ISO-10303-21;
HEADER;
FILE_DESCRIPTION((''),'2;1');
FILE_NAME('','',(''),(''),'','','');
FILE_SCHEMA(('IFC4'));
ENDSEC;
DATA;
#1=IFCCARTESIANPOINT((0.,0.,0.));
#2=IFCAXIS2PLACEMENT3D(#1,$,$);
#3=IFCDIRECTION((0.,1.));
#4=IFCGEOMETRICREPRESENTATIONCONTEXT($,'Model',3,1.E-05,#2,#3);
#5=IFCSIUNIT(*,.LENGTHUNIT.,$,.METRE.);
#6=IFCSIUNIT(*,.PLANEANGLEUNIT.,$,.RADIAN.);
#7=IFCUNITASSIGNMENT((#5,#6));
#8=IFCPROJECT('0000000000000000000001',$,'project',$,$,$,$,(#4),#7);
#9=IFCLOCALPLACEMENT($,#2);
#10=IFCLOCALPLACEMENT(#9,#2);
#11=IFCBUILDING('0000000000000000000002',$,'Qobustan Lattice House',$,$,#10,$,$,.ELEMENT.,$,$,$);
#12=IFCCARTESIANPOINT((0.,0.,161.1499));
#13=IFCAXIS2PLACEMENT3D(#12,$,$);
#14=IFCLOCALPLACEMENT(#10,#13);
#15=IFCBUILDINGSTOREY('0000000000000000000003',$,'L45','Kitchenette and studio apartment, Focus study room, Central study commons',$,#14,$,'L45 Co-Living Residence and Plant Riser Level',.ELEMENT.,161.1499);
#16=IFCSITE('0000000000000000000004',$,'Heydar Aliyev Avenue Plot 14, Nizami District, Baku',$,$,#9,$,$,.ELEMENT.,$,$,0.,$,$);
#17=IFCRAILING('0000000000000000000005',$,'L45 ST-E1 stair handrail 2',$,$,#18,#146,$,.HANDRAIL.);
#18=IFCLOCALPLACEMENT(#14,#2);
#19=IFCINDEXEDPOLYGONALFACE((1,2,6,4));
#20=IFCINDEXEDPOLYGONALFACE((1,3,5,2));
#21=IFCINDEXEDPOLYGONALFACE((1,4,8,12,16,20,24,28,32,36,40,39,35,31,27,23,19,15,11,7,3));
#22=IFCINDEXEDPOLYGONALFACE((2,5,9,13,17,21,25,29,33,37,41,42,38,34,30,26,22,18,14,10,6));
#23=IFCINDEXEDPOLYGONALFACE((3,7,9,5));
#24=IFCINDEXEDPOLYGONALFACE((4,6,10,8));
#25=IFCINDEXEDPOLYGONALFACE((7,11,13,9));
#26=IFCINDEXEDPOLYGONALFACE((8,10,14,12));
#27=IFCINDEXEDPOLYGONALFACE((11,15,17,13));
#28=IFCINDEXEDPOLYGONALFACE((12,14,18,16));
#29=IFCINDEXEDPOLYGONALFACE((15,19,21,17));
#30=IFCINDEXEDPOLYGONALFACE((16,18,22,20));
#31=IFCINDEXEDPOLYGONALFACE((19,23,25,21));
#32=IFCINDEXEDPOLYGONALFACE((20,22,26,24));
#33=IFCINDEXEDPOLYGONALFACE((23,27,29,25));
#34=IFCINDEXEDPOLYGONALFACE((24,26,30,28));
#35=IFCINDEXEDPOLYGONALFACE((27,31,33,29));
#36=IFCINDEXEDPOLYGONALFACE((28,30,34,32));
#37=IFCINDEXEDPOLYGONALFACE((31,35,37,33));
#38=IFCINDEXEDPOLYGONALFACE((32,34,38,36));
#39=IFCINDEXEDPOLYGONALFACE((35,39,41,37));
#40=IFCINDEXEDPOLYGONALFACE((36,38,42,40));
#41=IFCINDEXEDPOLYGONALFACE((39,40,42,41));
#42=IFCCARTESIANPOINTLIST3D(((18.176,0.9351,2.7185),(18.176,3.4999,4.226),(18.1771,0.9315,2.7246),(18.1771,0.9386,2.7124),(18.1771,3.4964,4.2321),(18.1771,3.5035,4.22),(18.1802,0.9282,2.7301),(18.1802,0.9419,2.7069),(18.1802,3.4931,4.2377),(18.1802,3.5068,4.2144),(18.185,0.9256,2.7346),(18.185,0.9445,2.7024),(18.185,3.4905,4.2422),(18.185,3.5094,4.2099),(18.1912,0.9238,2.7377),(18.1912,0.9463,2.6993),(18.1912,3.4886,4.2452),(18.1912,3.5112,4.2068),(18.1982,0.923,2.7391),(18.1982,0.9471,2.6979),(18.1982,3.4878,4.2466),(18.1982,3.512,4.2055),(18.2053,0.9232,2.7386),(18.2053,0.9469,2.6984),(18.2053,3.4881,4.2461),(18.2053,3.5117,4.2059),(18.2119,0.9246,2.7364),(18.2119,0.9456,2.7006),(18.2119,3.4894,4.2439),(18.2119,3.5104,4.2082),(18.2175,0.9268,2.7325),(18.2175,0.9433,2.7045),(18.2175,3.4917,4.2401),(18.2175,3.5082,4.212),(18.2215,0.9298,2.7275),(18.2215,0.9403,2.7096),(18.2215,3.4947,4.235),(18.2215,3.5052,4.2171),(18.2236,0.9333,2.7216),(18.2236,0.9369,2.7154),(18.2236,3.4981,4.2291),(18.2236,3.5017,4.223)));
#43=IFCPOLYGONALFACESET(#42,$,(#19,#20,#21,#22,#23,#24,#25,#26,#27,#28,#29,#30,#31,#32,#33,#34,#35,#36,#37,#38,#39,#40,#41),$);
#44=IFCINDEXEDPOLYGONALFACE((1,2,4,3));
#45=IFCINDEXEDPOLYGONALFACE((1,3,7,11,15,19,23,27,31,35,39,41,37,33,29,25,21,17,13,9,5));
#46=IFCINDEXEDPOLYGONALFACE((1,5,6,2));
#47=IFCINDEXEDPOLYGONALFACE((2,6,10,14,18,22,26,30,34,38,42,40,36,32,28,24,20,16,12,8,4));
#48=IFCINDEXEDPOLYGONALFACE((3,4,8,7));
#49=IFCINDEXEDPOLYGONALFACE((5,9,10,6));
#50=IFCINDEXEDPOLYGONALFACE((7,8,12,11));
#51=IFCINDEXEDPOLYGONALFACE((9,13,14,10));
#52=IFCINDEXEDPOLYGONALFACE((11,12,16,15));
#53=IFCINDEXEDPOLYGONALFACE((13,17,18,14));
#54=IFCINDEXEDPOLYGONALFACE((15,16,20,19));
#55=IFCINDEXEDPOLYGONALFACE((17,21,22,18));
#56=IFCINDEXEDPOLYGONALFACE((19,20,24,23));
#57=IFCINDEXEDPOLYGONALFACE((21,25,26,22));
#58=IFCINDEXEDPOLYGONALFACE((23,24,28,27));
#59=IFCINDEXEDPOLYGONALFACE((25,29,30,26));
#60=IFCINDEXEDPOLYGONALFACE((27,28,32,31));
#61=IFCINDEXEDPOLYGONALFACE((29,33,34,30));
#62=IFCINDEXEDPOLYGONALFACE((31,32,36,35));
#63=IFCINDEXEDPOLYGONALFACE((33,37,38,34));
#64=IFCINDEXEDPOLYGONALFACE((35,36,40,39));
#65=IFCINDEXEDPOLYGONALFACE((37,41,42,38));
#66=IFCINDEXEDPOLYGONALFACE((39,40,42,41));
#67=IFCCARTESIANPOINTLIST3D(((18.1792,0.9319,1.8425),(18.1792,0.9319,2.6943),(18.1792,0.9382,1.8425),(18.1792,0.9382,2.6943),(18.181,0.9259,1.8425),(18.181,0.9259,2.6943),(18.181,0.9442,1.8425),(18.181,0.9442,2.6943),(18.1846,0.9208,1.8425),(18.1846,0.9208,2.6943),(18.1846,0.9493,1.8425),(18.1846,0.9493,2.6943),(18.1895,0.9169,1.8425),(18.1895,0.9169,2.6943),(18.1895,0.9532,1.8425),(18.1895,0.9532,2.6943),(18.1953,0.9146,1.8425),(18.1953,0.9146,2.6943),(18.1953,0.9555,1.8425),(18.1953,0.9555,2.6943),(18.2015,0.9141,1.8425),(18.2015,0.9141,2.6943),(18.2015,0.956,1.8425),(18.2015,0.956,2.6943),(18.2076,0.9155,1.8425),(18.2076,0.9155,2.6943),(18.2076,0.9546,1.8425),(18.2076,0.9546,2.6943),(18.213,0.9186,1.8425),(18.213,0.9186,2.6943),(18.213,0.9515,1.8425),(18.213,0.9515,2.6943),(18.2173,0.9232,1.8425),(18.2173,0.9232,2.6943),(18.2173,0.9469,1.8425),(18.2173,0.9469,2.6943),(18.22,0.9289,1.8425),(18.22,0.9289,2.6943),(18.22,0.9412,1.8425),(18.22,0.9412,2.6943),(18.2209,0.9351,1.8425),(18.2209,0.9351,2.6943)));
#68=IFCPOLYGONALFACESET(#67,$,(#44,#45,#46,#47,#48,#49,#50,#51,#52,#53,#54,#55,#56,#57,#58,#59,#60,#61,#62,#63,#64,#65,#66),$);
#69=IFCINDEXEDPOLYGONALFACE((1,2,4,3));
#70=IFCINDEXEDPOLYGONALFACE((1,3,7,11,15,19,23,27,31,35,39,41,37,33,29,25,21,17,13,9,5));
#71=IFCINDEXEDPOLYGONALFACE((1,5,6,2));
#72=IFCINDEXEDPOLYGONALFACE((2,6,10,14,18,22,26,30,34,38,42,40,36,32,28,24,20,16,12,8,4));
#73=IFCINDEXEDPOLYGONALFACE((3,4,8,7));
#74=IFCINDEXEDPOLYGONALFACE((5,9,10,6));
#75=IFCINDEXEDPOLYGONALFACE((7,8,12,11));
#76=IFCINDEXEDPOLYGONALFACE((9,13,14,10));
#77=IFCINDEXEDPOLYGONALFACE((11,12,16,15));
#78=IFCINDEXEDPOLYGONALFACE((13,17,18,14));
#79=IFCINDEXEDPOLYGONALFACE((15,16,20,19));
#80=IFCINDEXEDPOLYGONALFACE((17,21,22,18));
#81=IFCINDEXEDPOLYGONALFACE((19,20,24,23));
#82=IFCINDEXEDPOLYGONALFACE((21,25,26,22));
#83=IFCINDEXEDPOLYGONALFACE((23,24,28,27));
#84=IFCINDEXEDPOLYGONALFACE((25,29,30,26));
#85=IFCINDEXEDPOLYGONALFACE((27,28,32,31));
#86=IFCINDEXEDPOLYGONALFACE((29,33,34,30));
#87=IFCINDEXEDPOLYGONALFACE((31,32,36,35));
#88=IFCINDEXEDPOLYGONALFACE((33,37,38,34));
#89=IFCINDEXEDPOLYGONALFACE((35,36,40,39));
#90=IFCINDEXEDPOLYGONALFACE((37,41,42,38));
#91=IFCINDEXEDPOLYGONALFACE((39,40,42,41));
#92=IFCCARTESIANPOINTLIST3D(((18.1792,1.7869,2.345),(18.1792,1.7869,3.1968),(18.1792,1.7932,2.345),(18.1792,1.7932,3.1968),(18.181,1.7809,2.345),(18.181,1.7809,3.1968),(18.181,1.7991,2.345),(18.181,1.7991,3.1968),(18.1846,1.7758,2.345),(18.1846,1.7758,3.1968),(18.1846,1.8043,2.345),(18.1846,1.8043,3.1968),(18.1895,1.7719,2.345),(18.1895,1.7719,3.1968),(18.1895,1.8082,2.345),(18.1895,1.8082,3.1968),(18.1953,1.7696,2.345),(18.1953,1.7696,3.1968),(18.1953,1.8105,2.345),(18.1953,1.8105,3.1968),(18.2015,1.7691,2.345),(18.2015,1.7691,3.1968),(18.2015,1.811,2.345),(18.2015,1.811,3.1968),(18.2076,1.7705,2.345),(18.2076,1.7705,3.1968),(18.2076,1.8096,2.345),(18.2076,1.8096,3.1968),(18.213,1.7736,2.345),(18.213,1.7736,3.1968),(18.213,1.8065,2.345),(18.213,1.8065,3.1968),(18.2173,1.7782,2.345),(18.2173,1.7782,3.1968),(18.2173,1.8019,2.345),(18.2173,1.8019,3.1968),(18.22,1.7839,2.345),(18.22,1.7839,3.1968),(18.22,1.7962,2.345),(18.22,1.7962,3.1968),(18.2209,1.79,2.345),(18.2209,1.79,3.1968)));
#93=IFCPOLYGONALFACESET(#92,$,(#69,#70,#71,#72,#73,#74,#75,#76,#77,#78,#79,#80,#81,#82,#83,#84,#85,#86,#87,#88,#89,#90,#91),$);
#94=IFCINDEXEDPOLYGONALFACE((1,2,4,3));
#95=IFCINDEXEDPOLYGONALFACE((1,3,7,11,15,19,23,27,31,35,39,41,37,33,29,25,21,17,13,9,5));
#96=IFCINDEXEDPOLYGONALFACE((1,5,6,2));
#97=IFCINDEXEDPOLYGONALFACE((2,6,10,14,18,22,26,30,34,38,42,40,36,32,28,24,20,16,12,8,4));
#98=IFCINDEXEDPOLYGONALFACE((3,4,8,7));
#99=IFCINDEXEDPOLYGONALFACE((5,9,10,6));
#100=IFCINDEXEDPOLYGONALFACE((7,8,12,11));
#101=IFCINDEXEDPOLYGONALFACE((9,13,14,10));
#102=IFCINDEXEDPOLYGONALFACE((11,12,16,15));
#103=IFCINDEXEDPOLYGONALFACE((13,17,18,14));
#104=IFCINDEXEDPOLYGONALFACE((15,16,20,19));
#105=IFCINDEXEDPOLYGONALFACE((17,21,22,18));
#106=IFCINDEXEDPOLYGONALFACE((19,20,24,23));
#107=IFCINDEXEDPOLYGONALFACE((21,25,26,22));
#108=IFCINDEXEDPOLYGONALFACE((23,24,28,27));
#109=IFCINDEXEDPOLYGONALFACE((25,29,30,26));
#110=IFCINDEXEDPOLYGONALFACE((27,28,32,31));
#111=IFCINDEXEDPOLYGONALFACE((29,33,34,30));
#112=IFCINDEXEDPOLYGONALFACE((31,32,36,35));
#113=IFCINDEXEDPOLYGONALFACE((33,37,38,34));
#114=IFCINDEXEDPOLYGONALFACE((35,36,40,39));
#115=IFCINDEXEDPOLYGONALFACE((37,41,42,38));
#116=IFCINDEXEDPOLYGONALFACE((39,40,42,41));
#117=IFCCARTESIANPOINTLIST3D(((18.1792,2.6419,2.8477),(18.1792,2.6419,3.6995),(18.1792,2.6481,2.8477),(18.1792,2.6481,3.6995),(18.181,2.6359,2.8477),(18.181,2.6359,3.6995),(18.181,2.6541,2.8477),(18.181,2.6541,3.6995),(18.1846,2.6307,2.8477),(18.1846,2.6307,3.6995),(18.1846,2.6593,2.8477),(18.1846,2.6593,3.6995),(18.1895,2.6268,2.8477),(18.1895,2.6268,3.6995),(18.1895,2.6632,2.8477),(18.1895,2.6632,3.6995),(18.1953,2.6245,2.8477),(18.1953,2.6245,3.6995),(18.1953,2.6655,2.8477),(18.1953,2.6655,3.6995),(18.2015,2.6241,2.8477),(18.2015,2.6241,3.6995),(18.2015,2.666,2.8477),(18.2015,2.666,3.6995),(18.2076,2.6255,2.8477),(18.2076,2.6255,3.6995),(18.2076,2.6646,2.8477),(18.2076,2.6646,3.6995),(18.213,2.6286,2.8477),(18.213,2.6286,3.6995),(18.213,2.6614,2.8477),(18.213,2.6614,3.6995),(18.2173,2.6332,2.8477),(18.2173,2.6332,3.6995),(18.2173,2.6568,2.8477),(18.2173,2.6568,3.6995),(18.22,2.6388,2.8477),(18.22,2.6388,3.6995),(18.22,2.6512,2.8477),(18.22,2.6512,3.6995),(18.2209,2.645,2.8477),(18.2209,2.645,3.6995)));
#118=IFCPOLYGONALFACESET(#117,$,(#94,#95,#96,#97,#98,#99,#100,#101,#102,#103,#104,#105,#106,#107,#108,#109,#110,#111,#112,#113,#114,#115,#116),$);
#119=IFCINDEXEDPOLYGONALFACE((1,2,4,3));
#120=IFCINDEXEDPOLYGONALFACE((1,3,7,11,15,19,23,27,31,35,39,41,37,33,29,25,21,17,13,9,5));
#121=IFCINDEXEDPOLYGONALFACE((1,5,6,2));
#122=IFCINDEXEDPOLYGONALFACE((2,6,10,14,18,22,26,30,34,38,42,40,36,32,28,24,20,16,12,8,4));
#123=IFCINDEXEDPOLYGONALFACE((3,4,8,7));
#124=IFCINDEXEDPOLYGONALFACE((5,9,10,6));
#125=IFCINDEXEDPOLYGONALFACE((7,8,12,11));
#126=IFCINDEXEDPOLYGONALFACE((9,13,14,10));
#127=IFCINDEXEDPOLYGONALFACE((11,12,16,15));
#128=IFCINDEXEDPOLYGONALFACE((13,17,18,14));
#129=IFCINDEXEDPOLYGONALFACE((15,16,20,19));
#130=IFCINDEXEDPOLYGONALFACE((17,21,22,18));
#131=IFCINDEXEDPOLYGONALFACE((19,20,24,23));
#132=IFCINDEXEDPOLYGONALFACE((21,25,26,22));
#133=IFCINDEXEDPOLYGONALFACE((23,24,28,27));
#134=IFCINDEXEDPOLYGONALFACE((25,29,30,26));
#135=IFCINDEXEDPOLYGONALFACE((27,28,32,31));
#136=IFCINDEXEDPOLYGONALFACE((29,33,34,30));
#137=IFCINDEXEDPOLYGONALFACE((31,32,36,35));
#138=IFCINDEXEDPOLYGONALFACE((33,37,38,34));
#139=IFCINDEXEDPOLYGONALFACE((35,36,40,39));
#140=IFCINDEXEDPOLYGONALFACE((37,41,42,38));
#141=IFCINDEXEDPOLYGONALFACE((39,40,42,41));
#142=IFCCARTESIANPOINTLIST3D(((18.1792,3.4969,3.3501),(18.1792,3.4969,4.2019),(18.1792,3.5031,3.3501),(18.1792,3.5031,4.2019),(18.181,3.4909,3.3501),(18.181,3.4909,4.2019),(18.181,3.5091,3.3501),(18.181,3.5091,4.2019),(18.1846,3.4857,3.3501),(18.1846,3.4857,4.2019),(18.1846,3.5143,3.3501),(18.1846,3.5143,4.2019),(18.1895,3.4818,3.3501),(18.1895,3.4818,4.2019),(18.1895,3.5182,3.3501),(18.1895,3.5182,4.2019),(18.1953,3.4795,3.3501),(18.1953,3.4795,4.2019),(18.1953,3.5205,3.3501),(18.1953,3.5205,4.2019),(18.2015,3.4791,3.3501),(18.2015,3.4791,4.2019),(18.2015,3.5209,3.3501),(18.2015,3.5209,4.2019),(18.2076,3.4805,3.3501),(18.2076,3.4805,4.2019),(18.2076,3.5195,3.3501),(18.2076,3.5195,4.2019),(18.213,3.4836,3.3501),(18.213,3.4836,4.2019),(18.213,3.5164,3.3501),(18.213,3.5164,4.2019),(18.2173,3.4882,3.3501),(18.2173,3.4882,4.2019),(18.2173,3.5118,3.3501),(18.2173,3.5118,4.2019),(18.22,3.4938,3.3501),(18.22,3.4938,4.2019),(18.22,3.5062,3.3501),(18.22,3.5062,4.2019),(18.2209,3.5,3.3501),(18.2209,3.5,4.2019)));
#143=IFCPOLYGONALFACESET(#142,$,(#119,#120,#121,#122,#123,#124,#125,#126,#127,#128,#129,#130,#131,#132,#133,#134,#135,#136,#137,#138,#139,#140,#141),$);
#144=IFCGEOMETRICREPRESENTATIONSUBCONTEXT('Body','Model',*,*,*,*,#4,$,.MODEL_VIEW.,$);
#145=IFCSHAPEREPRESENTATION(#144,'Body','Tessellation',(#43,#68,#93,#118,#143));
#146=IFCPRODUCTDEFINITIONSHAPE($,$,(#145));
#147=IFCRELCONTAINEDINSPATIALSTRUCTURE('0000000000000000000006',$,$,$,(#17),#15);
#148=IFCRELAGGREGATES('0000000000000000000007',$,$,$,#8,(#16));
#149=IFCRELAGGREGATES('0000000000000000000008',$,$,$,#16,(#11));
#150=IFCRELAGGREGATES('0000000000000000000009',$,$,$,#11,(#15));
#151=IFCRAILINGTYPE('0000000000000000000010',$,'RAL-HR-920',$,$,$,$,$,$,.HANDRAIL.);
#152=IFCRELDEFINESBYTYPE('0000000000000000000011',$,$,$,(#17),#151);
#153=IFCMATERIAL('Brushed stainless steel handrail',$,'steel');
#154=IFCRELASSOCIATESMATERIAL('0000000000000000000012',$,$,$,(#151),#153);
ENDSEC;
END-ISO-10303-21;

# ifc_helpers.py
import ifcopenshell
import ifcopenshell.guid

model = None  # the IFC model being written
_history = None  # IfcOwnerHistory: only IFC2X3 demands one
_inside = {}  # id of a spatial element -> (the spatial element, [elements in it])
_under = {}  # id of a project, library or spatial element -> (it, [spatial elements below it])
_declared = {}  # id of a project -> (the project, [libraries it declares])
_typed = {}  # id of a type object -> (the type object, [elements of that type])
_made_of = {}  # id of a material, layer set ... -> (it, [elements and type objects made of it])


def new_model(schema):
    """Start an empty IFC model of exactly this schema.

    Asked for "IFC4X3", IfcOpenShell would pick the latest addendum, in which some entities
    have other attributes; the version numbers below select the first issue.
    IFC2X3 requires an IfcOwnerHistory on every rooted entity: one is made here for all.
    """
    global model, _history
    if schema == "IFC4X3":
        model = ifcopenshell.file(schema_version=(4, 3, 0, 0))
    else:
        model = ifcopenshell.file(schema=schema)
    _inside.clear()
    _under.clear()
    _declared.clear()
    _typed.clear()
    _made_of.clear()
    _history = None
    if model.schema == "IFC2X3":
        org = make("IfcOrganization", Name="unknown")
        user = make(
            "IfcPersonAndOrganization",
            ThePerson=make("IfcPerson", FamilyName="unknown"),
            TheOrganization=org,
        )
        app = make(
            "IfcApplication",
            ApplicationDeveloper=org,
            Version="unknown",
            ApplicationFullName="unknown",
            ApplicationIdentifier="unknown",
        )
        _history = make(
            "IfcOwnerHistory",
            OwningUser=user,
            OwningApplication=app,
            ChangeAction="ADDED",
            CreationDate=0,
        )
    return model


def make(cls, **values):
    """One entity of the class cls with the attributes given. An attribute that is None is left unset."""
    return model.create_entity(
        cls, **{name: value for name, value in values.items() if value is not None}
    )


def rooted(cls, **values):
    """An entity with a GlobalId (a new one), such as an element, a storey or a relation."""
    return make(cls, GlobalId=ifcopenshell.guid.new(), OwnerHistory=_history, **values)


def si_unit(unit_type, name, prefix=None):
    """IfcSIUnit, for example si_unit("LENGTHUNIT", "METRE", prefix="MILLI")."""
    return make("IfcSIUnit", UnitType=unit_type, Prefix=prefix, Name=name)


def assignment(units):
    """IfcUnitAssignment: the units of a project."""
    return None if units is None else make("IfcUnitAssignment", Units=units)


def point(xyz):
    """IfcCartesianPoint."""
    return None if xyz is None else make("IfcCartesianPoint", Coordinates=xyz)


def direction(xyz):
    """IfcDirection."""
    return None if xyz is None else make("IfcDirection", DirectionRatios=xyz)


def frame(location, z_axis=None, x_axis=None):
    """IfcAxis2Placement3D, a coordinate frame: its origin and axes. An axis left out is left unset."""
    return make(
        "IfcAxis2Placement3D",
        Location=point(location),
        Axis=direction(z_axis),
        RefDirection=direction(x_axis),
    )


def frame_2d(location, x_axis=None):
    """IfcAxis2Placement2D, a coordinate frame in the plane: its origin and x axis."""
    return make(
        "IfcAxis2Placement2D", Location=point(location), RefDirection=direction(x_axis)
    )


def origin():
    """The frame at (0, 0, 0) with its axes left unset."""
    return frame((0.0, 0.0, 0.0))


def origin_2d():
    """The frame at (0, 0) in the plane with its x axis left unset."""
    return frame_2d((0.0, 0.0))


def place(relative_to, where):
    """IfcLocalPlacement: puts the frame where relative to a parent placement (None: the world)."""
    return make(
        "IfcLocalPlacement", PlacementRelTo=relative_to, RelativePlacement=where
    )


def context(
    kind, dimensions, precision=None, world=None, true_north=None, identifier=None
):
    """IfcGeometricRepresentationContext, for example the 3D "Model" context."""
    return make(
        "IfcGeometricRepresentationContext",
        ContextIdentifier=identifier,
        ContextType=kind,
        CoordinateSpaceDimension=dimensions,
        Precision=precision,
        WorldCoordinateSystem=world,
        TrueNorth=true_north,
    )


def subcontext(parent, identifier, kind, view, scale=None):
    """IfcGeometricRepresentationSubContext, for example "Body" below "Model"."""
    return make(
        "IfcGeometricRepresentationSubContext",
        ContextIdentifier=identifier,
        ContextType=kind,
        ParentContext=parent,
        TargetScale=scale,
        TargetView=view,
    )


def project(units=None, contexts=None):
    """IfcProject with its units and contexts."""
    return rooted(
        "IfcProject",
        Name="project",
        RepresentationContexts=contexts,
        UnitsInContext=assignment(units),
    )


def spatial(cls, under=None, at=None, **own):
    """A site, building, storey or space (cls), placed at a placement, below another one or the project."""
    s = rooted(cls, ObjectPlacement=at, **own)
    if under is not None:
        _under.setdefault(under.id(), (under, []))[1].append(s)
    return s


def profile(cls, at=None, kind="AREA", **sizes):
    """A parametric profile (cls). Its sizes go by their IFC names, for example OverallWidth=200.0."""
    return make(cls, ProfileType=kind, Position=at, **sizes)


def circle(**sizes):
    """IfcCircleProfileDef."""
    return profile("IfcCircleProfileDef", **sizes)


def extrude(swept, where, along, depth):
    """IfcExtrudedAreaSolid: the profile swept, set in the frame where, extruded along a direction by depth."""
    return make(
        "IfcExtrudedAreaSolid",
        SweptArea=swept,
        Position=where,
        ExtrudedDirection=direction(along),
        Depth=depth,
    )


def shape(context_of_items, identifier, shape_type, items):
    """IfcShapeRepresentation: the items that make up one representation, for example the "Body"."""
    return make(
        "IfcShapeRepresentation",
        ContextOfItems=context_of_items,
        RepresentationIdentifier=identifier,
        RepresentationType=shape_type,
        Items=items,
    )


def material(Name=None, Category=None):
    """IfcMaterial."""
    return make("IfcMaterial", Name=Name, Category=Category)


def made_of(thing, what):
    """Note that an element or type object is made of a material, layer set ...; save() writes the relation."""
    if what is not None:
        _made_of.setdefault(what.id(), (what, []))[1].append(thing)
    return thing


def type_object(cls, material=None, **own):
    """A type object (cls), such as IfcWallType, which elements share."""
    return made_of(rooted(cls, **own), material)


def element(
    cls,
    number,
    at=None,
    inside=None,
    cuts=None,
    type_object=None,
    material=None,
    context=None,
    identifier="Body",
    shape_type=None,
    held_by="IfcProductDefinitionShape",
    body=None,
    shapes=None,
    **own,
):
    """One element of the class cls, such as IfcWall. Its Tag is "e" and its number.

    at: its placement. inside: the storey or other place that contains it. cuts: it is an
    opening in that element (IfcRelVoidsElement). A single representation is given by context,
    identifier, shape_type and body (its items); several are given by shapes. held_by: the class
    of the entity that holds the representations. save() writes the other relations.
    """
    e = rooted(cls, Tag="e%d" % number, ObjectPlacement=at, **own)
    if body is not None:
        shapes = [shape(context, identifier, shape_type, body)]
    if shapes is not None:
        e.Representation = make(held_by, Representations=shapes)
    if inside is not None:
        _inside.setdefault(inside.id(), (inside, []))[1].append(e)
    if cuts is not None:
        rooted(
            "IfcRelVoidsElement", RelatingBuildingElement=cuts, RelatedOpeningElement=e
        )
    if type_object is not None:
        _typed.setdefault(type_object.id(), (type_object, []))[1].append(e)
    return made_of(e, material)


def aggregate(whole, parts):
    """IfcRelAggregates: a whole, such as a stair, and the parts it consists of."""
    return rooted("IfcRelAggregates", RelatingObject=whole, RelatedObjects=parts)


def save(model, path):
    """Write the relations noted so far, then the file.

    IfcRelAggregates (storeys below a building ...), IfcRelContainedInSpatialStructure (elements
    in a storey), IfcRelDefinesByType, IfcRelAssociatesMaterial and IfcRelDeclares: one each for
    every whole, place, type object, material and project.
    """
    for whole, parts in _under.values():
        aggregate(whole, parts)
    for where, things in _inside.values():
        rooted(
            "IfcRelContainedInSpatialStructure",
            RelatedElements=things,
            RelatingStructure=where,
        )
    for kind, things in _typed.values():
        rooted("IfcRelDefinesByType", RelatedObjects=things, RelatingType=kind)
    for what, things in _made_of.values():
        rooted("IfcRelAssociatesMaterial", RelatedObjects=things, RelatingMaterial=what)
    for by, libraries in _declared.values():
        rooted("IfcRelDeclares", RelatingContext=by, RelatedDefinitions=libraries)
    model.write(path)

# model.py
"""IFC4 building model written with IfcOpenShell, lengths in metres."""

from ifc_helpers import new_model, si_unit, direction, frame, origin, origin_2d, place, context, subcontext, project, spatial, circle, extrude, material, type_object, element, save


model = new_model("IFC4")

# Units and contexts
model_context = context("Model", 3, precision=1e-05, world=origin(), true_north=direction((0.0, 1.0)))
body_context = subcontext(model_context, "Body", "Model", "MODEL_VIEW")
ifc_project = project(units=[si_unit("LENGTHUNIT", "METRE"), si_unit("PLANEANGLEUNIT", "RADIAN")], contexts=[model_context])

# Site, building, storey
site_placement = place(None, origin())
site = spatial("IfcSite", under=ifc_project, at=site_placement, Name="Heydar Aliyev Avenue Plot 14, Nizami District, Baku", CompositionType="ELEMENT", RefElevation=0.0)
building_placement = place(site_placement, origin())
building = spatial("IfcBuilding", under=site, at=building_placement, Name="Qobustan Lattice House", CompositionType="ELEMENT")
storey_placement = place(building_placement, frame((0.0, 0.0, 161.1499)))
storey = spatial("IfcBuildingStorey", under=building, at=storey_placement, Name="L45", Description="Kitchenette and studio apartment, Focus study room, Central study commons", LongName="L45 Co-Living Residence and Plant Riser Level", CompositionType="ELEMENT", Elevation=161.1499)

# Railing
ifc_material_1 = material(Name="Brushed stainless steel handrail", Category="steel")
railing_type_1 = type_object("IfcRailingType", Name="RAL-HR-920", PredefinedType="HANDRAIL", material=ifc_material_1)
railing_1_placement = place(storey_placement, frame((18.2, 0.9351, 1.8425)))
element("IfcRailing", 1, at=railing_1_placement, inside=storey, type_object=railing_type_1, Name="L45 ST-E1 stair handrail 2", PredefinedType="HANDRAIL", context=body_context, shape_type="SweptSolid", body=[
    extrude(circle(Radius=0.0239, at=origin_2d()), frame((0.0, 0.0, 0.876), z_axis=(0.0, 0.862113, 0.506715), x_axis=(-1.0, 0.0, 0.0)), (0.0, 0.0, 1.0), 2.9751),
    extrude(circle(Radius=0.021, at=origin_2d()), origin(), (0.0, 0.0, 1.0), 0.8518),
    extrude(circle(Radius=0.021, at=origin_2d()), frame((0.0, 0.855, 0.5024)), (0.0, 0.0, 1.0), 0.8518),
    extrude(circle(Radius=0.021, at=origin_2d()), frame((0.0, 1.71, 1.0051)), (0.0, 0.0, 1.0), 0.8518),
    extrude(circle(Radius=0.021, at=origin_2d()), frame((0.0, 2.5649, 1.5076)), (0.0, 0.0, 1.0), 0.8518),
])

save(model, "model.ifc")
